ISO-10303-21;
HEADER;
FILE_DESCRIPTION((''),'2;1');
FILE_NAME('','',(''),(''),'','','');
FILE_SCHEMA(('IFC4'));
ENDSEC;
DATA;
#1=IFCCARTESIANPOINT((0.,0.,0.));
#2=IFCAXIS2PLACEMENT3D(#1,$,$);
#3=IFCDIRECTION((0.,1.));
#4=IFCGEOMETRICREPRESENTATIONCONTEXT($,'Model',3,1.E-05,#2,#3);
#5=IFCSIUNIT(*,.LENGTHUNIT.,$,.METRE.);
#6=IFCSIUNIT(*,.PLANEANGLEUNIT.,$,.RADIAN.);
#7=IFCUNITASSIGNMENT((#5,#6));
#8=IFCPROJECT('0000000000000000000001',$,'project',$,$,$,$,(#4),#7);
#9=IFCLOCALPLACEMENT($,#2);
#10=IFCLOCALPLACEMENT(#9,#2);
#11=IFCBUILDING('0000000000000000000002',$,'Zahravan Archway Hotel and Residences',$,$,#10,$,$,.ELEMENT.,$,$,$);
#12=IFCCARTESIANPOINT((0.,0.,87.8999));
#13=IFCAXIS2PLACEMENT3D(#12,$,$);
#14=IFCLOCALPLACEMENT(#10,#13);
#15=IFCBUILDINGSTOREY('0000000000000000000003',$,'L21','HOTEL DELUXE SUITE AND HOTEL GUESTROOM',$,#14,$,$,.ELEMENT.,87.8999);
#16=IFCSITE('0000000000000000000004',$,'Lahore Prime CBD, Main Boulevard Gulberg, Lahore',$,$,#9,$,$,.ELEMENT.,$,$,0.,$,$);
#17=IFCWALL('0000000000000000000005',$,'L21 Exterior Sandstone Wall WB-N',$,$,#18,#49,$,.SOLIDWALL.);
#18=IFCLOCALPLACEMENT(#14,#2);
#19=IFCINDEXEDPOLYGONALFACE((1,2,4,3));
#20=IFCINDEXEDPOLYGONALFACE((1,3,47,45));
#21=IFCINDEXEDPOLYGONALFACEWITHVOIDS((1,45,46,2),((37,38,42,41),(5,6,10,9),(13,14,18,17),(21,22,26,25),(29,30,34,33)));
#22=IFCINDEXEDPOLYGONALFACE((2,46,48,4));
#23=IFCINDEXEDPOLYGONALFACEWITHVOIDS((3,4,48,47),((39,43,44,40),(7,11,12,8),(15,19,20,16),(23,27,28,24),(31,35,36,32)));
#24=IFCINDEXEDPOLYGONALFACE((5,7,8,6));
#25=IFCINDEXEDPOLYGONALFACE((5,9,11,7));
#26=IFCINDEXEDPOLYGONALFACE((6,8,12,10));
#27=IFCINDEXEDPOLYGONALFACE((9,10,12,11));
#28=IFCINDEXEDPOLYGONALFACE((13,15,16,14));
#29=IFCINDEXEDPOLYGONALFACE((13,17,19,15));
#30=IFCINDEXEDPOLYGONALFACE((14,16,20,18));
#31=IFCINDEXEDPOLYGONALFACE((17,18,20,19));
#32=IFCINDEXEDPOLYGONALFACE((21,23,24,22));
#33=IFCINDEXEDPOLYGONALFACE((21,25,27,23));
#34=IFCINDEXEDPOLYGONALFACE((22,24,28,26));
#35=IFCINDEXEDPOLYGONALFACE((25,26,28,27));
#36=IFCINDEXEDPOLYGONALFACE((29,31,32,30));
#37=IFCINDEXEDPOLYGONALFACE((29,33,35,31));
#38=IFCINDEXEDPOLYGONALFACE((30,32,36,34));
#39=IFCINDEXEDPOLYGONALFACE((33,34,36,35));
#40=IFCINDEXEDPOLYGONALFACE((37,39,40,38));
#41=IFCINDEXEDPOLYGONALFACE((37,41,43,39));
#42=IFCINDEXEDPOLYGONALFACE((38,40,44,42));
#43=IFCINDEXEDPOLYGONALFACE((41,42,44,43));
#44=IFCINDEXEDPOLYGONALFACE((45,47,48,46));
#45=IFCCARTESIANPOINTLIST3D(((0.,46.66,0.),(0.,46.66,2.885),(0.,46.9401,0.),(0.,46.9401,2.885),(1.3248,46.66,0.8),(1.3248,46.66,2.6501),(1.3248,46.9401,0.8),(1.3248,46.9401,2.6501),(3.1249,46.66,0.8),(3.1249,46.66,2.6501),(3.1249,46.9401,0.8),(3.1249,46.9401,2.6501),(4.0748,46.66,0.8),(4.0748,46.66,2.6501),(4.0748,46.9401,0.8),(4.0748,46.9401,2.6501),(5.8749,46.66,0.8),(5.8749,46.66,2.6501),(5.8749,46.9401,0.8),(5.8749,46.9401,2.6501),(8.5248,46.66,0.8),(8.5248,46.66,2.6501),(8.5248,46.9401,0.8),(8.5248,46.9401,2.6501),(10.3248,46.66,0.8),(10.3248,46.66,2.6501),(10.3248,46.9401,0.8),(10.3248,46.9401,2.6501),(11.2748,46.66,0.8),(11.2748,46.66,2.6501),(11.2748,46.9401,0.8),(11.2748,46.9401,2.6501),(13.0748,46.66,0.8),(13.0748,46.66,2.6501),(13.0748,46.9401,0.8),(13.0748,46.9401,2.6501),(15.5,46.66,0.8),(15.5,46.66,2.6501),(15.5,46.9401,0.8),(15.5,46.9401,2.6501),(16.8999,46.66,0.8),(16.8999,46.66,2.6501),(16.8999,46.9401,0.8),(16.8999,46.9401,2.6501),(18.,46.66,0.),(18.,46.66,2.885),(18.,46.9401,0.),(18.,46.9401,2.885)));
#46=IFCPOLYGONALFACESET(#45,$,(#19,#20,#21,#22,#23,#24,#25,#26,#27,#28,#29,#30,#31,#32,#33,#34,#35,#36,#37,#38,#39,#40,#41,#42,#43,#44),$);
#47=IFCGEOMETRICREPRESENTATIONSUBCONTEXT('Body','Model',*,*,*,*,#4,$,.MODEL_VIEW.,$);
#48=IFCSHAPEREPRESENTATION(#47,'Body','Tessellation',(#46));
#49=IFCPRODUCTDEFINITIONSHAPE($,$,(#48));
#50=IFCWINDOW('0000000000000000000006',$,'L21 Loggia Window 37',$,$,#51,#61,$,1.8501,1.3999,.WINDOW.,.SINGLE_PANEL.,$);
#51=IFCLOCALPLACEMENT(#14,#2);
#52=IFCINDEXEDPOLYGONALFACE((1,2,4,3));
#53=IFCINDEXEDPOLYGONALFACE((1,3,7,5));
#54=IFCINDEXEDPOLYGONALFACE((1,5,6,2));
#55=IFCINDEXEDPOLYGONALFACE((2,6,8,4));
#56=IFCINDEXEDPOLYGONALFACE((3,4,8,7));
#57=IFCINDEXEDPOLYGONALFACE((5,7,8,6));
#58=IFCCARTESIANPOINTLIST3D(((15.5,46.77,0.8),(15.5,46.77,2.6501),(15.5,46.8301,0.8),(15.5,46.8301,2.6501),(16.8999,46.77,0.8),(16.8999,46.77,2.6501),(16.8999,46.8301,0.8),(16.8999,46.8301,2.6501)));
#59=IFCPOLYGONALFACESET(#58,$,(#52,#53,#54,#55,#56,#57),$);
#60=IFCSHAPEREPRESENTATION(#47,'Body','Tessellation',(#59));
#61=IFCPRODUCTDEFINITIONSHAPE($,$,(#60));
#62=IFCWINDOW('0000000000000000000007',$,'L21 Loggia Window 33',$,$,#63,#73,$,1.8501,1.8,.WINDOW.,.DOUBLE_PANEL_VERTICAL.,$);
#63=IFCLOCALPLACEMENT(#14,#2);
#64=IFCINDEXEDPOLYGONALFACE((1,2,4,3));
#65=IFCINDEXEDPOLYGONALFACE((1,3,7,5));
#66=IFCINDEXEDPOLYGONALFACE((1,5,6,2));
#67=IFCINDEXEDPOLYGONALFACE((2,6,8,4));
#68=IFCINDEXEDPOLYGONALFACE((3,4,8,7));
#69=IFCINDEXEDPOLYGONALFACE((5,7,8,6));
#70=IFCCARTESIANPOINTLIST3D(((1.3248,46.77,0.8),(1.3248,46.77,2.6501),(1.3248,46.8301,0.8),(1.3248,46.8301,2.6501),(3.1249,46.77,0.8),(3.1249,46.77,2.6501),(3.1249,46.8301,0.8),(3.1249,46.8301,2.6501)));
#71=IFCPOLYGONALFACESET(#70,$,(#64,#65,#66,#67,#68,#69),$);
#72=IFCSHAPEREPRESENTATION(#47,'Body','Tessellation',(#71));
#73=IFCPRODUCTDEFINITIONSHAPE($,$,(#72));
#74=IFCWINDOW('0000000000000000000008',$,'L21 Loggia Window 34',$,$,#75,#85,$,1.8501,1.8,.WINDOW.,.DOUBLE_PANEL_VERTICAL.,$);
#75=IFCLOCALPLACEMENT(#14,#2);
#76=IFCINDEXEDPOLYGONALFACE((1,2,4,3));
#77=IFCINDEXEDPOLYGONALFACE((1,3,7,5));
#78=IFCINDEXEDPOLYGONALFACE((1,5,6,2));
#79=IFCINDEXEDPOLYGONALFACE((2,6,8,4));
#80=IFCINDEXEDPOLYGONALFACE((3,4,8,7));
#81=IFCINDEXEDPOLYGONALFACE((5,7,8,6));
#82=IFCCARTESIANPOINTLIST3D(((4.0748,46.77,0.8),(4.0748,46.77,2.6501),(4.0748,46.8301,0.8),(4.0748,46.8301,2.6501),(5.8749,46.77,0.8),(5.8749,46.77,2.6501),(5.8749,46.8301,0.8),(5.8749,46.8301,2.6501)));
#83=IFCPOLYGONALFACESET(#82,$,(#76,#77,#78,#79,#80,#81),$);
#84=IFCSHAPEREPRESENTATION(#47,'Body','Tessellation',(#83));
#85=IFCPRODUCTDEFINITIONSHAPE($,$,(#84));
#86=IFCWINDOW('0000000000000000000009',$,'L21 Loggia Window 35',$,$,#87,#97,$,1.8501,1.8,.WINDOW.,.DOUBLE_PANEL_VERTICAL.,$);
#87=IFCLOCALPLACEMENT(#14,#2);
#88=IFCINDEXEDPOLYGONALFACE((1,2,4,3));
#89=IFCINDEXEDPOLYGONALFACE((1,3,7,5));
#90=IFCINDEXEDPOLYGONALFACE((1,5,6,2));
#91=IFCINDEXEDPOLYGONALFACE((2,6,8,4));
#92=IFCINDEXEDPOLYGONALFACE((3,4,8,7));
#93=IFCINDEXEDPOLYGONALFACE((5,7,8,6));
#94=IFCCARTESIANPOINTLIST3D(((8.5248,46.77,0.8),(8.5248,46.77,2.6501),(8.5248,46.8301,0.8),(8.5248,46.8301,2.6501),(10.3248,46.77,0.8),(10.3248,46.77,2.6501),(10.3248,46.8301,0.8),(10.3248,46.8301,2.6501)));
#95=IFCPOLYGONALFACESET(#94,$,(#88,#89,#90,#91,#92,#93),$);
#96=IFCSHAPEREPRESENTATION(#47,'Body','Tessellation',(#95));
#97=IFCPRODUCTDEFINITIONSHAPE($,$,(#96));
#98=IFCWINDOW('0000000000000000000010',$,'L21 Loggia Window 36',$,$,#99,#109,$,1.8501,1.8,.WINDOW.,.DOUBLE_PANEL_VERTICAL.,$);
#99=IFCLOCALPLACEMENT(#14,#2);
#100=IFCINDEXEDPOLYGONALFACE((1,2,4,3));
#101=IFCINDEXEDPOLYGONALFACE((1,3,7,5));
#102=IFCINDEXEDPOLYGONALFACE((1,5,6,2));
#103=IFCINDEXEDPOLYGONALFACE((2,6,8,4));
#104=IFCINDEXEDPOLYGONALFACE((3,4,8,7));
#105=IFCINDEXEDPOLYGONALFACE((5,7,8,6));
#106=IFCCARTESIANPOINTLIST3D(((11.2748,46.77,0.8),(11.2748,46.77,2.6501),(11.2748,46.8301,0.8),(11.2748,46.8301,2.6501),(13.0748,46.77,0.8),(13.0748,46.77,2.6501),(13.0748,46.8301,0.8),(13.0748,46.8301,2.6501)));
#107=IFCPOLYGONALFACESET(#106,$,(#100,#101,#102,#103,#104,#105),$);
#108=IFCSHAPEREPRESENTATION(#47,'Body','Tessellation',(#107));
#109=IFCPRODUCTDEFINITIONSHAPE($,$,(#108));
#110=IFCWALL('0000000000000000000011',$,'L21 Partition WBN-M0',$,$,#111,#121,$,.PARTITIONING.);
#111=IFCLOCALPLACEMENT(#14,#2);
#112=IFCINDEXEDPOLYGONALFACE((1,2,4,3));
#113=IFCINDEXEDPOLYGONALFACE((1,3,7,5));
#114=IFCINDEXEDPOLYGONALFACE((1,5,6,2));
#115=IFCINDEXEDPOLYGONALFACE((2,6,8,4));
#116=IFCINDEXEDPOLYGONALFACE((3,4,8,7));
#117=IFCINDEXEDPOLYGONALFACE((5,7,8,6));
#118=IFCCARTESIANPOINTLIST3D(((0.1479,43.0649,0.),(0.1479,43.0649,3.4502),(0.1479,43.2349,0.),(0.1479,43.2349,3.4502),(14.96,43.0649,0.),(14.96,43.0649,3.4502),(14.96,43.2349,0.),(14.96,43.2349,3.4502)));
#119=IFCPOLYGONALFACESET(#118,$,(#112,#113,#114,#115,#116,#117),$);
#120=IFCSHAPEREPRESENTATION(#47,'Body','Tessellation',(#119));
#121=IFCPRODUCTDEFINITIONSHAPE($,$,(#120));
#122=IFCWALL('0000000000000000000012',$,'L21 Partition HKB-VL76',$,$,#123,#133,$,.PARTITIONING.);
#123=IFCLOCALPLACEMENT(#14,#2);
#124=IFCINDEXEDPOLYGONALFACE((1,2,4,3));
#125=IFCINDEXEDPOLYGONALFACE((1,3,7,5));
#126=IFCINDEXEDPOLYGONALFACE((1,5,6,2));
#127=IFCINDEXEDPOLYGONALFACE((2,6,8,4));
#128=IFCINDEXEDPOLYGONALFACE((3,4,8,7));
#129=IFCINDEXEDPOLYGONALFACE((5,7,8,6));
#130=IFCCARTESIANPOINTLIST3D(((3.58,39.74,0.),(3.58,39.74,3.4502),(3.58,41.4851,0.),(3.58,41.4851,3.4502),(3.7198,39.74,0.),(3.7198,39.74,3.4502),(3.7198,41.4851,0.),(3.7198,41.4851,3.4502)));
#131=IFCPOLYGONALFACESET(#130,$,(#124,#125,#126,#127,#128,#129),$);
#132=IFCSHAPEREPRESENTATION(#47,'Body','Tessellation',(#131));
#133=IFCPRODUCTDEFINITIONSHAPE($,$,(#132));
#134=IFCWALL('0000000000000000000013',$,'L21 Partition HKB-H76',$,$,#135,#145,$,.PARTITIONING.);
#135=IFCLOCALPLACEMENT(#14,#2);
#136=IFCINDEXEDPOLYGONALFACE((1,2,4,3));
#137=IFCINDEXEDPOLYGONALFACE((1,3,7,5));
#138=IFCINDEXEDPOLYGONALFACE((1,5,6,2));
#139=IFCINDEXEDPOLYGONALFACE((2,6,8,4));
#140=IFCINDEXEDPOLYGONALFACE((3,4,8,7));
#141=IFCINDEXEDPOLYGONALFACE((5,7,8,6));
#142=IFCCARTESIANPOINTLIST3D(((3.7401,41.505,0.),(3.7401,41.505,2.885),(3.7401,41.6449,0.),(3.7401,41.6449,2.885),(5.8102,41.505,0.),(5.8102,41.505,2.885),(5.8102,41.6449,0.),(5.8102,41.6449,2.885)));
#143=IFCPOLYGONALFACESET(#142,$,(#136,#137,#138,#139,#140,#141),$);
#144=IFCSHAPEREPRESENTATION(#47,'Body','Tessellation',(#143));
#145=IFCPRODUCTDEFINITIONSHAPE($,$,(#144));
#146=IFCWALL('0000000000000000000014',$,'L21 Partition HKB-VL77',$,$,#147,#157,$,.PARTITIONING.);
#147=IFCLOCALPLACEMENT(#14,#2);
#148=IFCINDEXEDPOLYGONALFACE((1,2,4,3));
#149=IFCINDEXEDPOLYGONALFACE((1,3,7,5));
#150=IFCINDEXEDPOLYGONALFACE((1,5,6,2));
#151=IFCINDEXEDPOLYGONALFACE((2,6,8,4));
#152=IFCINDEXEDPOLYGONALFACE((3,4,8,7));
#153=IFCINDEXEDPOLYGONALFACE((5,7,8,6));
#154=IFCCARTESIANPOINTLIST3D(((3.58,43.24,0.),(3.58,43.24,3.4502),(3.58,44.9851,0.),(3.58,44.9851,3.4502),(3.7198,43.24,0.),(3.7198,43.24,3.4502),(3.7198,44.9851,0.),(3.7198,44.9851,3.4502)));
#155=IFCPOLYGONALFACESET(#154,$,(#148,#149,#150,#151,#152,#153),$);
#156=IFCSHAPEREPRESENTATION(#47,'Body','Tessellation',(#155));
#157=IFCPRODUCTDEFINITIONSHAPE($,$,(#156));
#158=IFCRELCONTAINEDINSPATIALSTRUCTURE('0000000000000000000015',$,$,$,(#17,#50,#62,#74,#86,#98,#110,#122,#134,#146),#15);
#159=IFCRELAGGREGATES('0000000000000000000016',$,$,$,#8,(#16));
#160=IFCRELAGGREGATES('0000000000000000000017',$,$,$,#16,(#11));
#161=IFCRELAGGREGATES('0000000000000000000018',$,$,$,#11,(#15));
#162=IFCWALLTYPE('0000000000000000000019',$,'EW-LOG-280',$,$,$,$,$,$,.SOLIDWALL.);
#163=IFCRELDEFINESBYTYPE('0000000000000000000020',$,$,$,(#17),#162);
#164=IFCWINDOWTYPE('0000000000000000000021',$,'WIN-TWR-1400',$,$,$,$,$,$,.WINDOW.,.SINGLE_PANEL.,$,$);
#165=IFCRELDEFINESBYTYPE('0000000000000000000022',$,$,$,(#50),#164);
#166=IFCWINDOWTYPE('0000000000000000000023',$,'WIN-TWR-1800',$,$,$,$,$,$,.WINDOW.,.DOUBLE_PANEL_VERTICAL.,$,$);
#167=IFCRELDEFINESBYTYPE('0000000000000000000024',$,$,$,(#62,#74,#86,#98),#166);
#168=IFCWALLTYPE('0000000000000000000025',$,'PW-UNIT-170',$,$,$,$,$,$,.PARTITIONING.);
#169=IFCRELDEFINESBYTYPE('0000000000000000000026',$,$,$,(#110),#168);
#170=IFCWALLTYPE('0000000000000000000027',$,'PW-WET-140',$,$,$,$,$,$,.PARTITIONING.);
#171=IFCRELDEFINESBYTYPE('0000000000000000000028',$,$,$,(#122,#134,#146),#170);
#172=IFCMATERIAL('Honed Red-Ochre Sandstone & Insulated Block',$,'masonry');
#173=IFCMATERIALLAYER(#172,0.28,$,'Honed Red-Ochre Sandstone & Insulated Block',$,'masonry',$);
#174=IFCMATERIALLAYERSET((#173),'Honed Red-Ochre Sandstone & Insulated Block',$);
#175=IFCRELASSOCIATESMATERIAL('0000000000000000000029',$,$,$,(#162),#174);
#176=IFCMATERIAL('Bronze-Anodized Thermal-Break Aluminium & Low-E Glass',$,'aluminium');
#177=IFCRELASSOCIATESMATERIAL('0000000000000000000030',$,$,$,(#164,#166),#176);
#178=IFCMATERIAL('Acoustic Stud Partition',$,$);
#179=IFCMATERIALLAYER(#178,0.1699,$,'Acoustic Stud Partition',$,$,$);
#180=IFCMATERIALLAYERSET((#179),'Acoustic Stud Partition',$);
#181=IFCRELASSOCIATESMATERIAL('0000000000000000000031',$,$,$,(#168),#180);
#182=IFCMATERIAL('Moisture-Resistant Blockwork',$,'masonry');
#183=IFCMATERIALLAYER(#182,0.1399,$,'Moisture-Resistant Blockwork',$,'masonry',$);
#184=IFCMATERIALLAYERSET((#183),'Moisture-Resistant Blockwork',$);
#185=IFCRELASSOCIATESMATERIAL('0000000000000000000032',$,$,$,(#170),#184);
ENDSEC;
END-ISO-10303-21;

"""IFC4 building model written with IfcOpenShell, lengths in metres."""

from ifc_helpers import new_model, si_unit, direction, frame, frame_2d, origin, place, context, subcontext, project, spatial, rectangle, extrude, source, transform, mapped, material, layer, layer_set, type_object, type_shapes, element, fill, save


model = new_model("IFC4")

# Units and contexts
model_context = context("Model", 3, precision=1e-05, world=origin(), true_north=direction((0.0, 1.0)))
body_context = subcontext(model_context, "Body", "Model", "MODEL_VIEW")
ifc_project = project(units=[si_unit("LENGTHUNIT", "METRE"), si_unit("PLANEANGLEUNIT", "RADIAN")], contexts=[model_context])

# Site, building, storey
site_placement = place(None, origin())
site = spatial("IfcSite", under=ifc_project, at=site_placement, Name="Lahore Prime CBD, Main Boulevard Gulberg, Lahore", CompositionType="ELEMENT", RefElevation=0.0)
building_placement = place(site_placement, origin())
building = spatial("IfcBuilding", under=site, at=building_placement, Name="Zahravan Archway Hotel and Residences", CompositionType="ELEMENT")
storey_placement = place(building_placement, frame((0.0, 0.0, 87.8999)))
storey = spatial("IfcBuildingStorey", under=building, at=storey_placement, Name="L21", Description="HOTEL DELUXE SUITE AND HOTEL GUESTROOM", CompositionType="ELEMENT", Elevation=87.8999)

# Wall, openings, windows
ifc_material_1 = material(Name="Honed Red-Ochre Sandstone & Insulated Block", Category="masonry")
ifc_layer_1 = layer(ifc_material_1, 0.28, Name="Honed Red-Ochre Sandstone & Insulated Block", Category="masonry")
ifc_layer_set_1 = layer_set([ifc_layer_1], Name="Honed Red-Ochre Sandstone & Insulated Block")
wall_type_1 = type_object("IfcWallType", Name="EW-LOG-280", PredefinedType="SOLIDWALL", material=ifc_layer_set_1)
wall_1_placement = place(storey_placement, frame((0.0, 46.8, 0.0), z_axis=(0.0, 0.0, 1.0), x_axis=(1.0, 0.0, 0.0)))
wall_1 = element("IfcWall", 1, at=wall_1_placement, inside=storey, type_object=wall_type_1, Name="L21 Exterior Sandstone Wall WB-N", PredefinedType="SOLIDWALL", context=body_context, shape_type="SweptSolid", body=[
    extrude(rectangle(XDim=18.0, YDim=0.28, at=frame_2d((9.0, 0.0))), origin(), (0.0, 0.0, 1.0), 2.885),
])
opening_1_placement = place(wall_1_placement, frame((1.325, 0.0, 0.8)))
opening_1 = element("IfcOpeningElement", 2, at=opening_1_placement, cuts=wall_1, PredefinedType="OPENING", context=body_context, shape_type="SweptSolid", body=[
    extrude(rectangle(XDim=1.8, YDim=1.8501, at=frame_2d((0.8999, 0.925))), frame((0.0, 0.1499, 0.0), z_axis=(0.0, -1.0, 0.0), x_axis=(1.0, 0.0, 0.0)), (0.0, 0.0, 1.0), 0.3),
])
opening_2_placement = place(wall_1_placement, frame((4.075, 0.0, 0.8)))
opening_2 = element("IfcOpeningElement", 3, at=opening_2_placement, cuts=wall_1, PredefinedType="OPENING", context=body_context, shape_type="SweptSolid", body=[
    extrude(rectangle(XDim=1.8, YDim=1.8501, at=frame_2d((0.8999, 0.925))), frame((0.0, 0.1499, 0.0), z_axis=(0.0, -1.0, 0.0), x_axis=(1.0, 0.0, 0.0)), (0.0, 0.0, 1.0), 0.3),
])
opening_3_placement = place(wall_1_placement, frame((8.5249, 0.0, 0.8)))
opening_3 = element("IfcOpeningElement", 4, at=opening_3_placement, cuts=wall_1, PredefinedType="OPENING", context=body_context, shape_type="SweptSolid", body=[
    extrude(rectangle(XDim=1.8, YDim=1.8501, at=frame_2d((0.8999, 0.925))), frame((0.0, 0.1499, 0.0), z_axis=(0.0, -1.0, 0.0), x_axis=(1.0, 0.0, 0.0)), (0.0, 0.0, 1.0), 0.3),
])
opening_4_placement = place(wall_1_placement, frame((11.2749, 0.0, 0.8)))
opening_4 = element("IfcOpeningElement", 5, at=opening_4_placement, cuts=wall_1, PredefinedType="OPENING", context=body_context, shape_type="SweptSolid", body=[
    extrude(rectangle(XDim=1.8, YDim=1.8501, at=frame_2d((0.8999, 0.925))), frame((0.0, 0.1499, 0.0), z_axis=(0.0, -1.0, 0.0), x_axis=(1.0, 0.0, 0.0)), (0.0, 0.0, 1.0), 0.3),
])
opening_5_placement = place(wall_1_placement, frame((15.5, 0.0, 0.8)))
opening_5 = element("IfcOpeningElement", 6, at=opening_5_placement, cuts=wall_1, PredefinedType="OPENING", context=body_context, shape_type="SweptSolid", body=[
    extrude(rectangle(XDim=1.3999, YDim=1.8501, at=frame_2d((0.7, 0.925))), frame((0.0, 0.1499, 0.0), z_axis=(0.0, -1.0, 0.0), x_axis=(1.0, 0.0, 0.0)), (0.0, 0.0, 1.0), 0.3),
])
ifc_material_2 = material(Name="Bronze-Anodized Thermal-Break Aluminium & Low-E Glass", Category="aluminium")
window_type_1 = type_object("IfcWindowType", Name="WIN-TWR-1400", PartitioningType="SINGLE_PANEL", PredefinedType="WINDOW", material=ifc_material_2)
shared_shape_1 = source(origin(), body_context, "Body", "SweptSolid", [
    extrude(rectangle(XDim=1.3999, YDim=1.8501, at=frame_2d((0.7, 0.925))), frame((0.0, 0.03, 0.0), z_axis=(0.0, -1.0, 0.0), x_axis=(1.0, 0.0, 0.0)), (0.0, 0.0, 1.0), 0.0601),
])
type_shapes(window_type_1, [shared_shape_1])
window_1_placement = place(opening_5_placement, origin())
window_1 = element("IfcWindow", 7, at=window_1_placement, inside=storey, type_object=window_type_1, Name="L21 Loggia Window 37", OverallHeight=1.8501, OverallWidth=1.3999, PartitioningType="SINGLE_PANEL", PredefinedType="WINDOW", context=body_context, shape_type="MappedRepresentation", body=[
    mapped(shared_shape_1, transform((0.0, 0.0, 0.0), scale=1.0)),
])
fill(opening_5, window_1)
window_type_2 = type_object("IfcWindowType", Name="WIN-TWR-1800", PartitioningType="DOUBLE_PANEL_VERTICAL", PredefinedType="WINDOW", material=ifc_material_2)
shared_shape_2 = source(origin(), body_context, "Body", "SweptSolid", [
    extrude(rectangle(XDim=1.8, YDim=1.8501, at=frame_2d((0.8999, 0.925))), frame((0.0, 0.03, 0.0), z_axis=(0.0, -1.0, 0.0), x_axis=(1.0, 0.0, 0.0)), (0.0, 0.0, 1.0), 0.0601),
])
type_shapes(window_type_2, [shared_shape_2])
window_2_placement = place(opening_1_placement, origin())
window_2 = element("IfcWindow", 8, at=window_2_placement, inside=storey, type_object=window_type_2, Name="L21 Loggia Window 33", OverallHeight=1.8501, OverallWidth=1.8, PartitioningType="DOUBLE_PANEL_VERTICAL", PredefinedType="WINDOW", context=body_context, shape_type="MappedRepresentation", body=[
    mapped(shared_shape_2, transform((0.0, 0.0, 0.0), scale=1.0)),
])
fill(opening_1, window_2)
window_3_placement = place(opening_2_placement, origin())
window_3 = element("IfcWindow", 9, at=window_3_placement, inside=storey, type_object=window_type_2, Name="L21 Loggia Window 34", OverallHeight=1.8501, OverallWidth=1.8, PartitioningType="DOUBLE_PANEL_VERTICAL", PredefinedType="WINDOW", context=body_context, shape_type="MappedRepresentation", body=[
    mapped(shared_shape_2, transform((0.0, 0.0, 0.0), scale=1.0)),
])
fill(opening_2, window_3)
window_4_placement = place(opening_3_placement, origin())
window_4 = element("IfcWindow", 10, at=window_4_placement, inside=storey, type_object=window_type_2, Name="L21 Loggia Window 35", OverallHeight=1.8501, OverallWidth=1.8, PartitioningType="DOUBLE_PANEL_VERTICAL", PredefinedType="WINDOW", context=body_context, shape_type="MappedRepresentation", body=[
    mapped(shared_shape_2, transform((0.0, 0.0, 0.0), scale=1.0)),
])
fill(opening_3, window_4)
window_5_placement = place(opening_4_placement, origin())
window_5 = element("IfcWindow", 11, at=window_5_placement, inside=storey, type_object=window_type_2, Name="L21 Loggia Window 36", OverallHeight=1.8501, OverallWidth=1.8, PartitioningType="DOUBLE_PANEL_VERTICAL", PredefinedType="WINDOW", context=body_context, shape_type="MappedRepresentation", body=[
    mapped(shared_shape_2, transform((0.0, 0.0, 0.0), scale=1.0)),
])
fill(opening_4, window_5)

# Shared definitions
ifc_material_3 = material(Name="Acoustic Stud Partition")
ifc_layer_2 = layer(ifc_material_3, 0.1699, Name="Acoustic Stud Partition")
ifc_layer_set_2 = layer_set([ifc_layer_2], Name="Acoustic Stud Partition")
wall_type_2 = type_object("IfcWallType", Name="PW-UNIT-170", PredefinedType="PARTITIONING", material=ifc_layer_set_2)

# Walls
wall_2_placement = place(storey_placement, frame((0.1479, 43.1499, 0.0), z_axis=(0.0, 0.0, 1.0), x_axis=(1.0, 0.0, 0.0)))
element("IfcWall", 12, at=wall_2_placement, inside=storey, type_object=wall_type_2, Name="L21 Partition WBN-M0", PredefinedType="PARTITIONING", context=body_context, shape_type="SweptSolid", body=[
    extrude(rectangle(XDim=14.812, YDim=0.1699, at=frame_2d((7.406, 0.0))), origin(), (0.0, 0.0, 1.0), 3.4502),
])
ifc_material_4 = material(Name="Moisture-Resistant Blockwork", Category="masonry")
ifc_layer_3 = layer(ifc_material_4, 0.1399, Name="Moisture-Resistant Blockwork", Category="masonry")
ifc_layer_set_3 = layer_set([ifc_layer_3], Name="Moisture-Resistant Blockwork")
wall_type_3 = type_object("IfcWallType", Name="PW-WET-140", PredefinedType="PARTITIONING", material=ifc_layer_set_3)
wall_3_placement = place(storey_placement, frame((3.6499, 39.74, 0.0), z_axis=(0.0, 0.0, 1.0), x_axis=(0.0, 1.0, 0.0)))
element("IfcWall", 13, at=wall_3_placement, inside=storey, type_object=wall_type_3, Name="L21 Partition HKB-VL76", PredefinedType="PARTITIONING", context=body_context, shape_type="SweptSolid", body=[
    extrude(rectangle(XDim=1.7451, YDim=0.1399, at=frame_2d((0.8726, 0.0))), origin(), (0.0, 0.0, 1.0), 3.4502),
])
wall_4_placement = place(storey_placement, frame((3.74, 41.575, 0.0), z_axis=(0.0, 0.0, 1.0), x_axis=(1.0, 0.0, 0.0)))
element("IfcWall", 14, at=wall_4_placement, inside=storey, type_object=wall_type_3, Name="L21 Partition HKB-H76", PredefinedType="PARTITIONING", context=body_context, shape_type="SweptSolid", body=[
    extrude(rectangle(XDim=2.0701, YDim=0.1399, at=frame_2d((1.0352, 0.0))), origin(), (0.0, 0.0, 1.0), 2.885),
])
wall_5_placement = place(storey_placement, frame((3.6499, 43.24, 0.0), z_axis=(0.0, 0.0, 1.0), x_axis=(0.0, 1.0, 0.0)))
element("IfcWall", 15, at=wall_5_placement, inside=storey, type_object=wall_type_3, Name="L21 Partition HKB-VL77", PredefinedType="PARTITIONING", context=body_context, shape_type="SweptSolid", body=[
    extrude(rectangle(XDim=1.7451, YDim=0.1399, at=frame_2d((0.8726, 0.0))), origin(), (0.0, 0.0, 1.0), 3.4502),
])

save(model, "model.ifc")
